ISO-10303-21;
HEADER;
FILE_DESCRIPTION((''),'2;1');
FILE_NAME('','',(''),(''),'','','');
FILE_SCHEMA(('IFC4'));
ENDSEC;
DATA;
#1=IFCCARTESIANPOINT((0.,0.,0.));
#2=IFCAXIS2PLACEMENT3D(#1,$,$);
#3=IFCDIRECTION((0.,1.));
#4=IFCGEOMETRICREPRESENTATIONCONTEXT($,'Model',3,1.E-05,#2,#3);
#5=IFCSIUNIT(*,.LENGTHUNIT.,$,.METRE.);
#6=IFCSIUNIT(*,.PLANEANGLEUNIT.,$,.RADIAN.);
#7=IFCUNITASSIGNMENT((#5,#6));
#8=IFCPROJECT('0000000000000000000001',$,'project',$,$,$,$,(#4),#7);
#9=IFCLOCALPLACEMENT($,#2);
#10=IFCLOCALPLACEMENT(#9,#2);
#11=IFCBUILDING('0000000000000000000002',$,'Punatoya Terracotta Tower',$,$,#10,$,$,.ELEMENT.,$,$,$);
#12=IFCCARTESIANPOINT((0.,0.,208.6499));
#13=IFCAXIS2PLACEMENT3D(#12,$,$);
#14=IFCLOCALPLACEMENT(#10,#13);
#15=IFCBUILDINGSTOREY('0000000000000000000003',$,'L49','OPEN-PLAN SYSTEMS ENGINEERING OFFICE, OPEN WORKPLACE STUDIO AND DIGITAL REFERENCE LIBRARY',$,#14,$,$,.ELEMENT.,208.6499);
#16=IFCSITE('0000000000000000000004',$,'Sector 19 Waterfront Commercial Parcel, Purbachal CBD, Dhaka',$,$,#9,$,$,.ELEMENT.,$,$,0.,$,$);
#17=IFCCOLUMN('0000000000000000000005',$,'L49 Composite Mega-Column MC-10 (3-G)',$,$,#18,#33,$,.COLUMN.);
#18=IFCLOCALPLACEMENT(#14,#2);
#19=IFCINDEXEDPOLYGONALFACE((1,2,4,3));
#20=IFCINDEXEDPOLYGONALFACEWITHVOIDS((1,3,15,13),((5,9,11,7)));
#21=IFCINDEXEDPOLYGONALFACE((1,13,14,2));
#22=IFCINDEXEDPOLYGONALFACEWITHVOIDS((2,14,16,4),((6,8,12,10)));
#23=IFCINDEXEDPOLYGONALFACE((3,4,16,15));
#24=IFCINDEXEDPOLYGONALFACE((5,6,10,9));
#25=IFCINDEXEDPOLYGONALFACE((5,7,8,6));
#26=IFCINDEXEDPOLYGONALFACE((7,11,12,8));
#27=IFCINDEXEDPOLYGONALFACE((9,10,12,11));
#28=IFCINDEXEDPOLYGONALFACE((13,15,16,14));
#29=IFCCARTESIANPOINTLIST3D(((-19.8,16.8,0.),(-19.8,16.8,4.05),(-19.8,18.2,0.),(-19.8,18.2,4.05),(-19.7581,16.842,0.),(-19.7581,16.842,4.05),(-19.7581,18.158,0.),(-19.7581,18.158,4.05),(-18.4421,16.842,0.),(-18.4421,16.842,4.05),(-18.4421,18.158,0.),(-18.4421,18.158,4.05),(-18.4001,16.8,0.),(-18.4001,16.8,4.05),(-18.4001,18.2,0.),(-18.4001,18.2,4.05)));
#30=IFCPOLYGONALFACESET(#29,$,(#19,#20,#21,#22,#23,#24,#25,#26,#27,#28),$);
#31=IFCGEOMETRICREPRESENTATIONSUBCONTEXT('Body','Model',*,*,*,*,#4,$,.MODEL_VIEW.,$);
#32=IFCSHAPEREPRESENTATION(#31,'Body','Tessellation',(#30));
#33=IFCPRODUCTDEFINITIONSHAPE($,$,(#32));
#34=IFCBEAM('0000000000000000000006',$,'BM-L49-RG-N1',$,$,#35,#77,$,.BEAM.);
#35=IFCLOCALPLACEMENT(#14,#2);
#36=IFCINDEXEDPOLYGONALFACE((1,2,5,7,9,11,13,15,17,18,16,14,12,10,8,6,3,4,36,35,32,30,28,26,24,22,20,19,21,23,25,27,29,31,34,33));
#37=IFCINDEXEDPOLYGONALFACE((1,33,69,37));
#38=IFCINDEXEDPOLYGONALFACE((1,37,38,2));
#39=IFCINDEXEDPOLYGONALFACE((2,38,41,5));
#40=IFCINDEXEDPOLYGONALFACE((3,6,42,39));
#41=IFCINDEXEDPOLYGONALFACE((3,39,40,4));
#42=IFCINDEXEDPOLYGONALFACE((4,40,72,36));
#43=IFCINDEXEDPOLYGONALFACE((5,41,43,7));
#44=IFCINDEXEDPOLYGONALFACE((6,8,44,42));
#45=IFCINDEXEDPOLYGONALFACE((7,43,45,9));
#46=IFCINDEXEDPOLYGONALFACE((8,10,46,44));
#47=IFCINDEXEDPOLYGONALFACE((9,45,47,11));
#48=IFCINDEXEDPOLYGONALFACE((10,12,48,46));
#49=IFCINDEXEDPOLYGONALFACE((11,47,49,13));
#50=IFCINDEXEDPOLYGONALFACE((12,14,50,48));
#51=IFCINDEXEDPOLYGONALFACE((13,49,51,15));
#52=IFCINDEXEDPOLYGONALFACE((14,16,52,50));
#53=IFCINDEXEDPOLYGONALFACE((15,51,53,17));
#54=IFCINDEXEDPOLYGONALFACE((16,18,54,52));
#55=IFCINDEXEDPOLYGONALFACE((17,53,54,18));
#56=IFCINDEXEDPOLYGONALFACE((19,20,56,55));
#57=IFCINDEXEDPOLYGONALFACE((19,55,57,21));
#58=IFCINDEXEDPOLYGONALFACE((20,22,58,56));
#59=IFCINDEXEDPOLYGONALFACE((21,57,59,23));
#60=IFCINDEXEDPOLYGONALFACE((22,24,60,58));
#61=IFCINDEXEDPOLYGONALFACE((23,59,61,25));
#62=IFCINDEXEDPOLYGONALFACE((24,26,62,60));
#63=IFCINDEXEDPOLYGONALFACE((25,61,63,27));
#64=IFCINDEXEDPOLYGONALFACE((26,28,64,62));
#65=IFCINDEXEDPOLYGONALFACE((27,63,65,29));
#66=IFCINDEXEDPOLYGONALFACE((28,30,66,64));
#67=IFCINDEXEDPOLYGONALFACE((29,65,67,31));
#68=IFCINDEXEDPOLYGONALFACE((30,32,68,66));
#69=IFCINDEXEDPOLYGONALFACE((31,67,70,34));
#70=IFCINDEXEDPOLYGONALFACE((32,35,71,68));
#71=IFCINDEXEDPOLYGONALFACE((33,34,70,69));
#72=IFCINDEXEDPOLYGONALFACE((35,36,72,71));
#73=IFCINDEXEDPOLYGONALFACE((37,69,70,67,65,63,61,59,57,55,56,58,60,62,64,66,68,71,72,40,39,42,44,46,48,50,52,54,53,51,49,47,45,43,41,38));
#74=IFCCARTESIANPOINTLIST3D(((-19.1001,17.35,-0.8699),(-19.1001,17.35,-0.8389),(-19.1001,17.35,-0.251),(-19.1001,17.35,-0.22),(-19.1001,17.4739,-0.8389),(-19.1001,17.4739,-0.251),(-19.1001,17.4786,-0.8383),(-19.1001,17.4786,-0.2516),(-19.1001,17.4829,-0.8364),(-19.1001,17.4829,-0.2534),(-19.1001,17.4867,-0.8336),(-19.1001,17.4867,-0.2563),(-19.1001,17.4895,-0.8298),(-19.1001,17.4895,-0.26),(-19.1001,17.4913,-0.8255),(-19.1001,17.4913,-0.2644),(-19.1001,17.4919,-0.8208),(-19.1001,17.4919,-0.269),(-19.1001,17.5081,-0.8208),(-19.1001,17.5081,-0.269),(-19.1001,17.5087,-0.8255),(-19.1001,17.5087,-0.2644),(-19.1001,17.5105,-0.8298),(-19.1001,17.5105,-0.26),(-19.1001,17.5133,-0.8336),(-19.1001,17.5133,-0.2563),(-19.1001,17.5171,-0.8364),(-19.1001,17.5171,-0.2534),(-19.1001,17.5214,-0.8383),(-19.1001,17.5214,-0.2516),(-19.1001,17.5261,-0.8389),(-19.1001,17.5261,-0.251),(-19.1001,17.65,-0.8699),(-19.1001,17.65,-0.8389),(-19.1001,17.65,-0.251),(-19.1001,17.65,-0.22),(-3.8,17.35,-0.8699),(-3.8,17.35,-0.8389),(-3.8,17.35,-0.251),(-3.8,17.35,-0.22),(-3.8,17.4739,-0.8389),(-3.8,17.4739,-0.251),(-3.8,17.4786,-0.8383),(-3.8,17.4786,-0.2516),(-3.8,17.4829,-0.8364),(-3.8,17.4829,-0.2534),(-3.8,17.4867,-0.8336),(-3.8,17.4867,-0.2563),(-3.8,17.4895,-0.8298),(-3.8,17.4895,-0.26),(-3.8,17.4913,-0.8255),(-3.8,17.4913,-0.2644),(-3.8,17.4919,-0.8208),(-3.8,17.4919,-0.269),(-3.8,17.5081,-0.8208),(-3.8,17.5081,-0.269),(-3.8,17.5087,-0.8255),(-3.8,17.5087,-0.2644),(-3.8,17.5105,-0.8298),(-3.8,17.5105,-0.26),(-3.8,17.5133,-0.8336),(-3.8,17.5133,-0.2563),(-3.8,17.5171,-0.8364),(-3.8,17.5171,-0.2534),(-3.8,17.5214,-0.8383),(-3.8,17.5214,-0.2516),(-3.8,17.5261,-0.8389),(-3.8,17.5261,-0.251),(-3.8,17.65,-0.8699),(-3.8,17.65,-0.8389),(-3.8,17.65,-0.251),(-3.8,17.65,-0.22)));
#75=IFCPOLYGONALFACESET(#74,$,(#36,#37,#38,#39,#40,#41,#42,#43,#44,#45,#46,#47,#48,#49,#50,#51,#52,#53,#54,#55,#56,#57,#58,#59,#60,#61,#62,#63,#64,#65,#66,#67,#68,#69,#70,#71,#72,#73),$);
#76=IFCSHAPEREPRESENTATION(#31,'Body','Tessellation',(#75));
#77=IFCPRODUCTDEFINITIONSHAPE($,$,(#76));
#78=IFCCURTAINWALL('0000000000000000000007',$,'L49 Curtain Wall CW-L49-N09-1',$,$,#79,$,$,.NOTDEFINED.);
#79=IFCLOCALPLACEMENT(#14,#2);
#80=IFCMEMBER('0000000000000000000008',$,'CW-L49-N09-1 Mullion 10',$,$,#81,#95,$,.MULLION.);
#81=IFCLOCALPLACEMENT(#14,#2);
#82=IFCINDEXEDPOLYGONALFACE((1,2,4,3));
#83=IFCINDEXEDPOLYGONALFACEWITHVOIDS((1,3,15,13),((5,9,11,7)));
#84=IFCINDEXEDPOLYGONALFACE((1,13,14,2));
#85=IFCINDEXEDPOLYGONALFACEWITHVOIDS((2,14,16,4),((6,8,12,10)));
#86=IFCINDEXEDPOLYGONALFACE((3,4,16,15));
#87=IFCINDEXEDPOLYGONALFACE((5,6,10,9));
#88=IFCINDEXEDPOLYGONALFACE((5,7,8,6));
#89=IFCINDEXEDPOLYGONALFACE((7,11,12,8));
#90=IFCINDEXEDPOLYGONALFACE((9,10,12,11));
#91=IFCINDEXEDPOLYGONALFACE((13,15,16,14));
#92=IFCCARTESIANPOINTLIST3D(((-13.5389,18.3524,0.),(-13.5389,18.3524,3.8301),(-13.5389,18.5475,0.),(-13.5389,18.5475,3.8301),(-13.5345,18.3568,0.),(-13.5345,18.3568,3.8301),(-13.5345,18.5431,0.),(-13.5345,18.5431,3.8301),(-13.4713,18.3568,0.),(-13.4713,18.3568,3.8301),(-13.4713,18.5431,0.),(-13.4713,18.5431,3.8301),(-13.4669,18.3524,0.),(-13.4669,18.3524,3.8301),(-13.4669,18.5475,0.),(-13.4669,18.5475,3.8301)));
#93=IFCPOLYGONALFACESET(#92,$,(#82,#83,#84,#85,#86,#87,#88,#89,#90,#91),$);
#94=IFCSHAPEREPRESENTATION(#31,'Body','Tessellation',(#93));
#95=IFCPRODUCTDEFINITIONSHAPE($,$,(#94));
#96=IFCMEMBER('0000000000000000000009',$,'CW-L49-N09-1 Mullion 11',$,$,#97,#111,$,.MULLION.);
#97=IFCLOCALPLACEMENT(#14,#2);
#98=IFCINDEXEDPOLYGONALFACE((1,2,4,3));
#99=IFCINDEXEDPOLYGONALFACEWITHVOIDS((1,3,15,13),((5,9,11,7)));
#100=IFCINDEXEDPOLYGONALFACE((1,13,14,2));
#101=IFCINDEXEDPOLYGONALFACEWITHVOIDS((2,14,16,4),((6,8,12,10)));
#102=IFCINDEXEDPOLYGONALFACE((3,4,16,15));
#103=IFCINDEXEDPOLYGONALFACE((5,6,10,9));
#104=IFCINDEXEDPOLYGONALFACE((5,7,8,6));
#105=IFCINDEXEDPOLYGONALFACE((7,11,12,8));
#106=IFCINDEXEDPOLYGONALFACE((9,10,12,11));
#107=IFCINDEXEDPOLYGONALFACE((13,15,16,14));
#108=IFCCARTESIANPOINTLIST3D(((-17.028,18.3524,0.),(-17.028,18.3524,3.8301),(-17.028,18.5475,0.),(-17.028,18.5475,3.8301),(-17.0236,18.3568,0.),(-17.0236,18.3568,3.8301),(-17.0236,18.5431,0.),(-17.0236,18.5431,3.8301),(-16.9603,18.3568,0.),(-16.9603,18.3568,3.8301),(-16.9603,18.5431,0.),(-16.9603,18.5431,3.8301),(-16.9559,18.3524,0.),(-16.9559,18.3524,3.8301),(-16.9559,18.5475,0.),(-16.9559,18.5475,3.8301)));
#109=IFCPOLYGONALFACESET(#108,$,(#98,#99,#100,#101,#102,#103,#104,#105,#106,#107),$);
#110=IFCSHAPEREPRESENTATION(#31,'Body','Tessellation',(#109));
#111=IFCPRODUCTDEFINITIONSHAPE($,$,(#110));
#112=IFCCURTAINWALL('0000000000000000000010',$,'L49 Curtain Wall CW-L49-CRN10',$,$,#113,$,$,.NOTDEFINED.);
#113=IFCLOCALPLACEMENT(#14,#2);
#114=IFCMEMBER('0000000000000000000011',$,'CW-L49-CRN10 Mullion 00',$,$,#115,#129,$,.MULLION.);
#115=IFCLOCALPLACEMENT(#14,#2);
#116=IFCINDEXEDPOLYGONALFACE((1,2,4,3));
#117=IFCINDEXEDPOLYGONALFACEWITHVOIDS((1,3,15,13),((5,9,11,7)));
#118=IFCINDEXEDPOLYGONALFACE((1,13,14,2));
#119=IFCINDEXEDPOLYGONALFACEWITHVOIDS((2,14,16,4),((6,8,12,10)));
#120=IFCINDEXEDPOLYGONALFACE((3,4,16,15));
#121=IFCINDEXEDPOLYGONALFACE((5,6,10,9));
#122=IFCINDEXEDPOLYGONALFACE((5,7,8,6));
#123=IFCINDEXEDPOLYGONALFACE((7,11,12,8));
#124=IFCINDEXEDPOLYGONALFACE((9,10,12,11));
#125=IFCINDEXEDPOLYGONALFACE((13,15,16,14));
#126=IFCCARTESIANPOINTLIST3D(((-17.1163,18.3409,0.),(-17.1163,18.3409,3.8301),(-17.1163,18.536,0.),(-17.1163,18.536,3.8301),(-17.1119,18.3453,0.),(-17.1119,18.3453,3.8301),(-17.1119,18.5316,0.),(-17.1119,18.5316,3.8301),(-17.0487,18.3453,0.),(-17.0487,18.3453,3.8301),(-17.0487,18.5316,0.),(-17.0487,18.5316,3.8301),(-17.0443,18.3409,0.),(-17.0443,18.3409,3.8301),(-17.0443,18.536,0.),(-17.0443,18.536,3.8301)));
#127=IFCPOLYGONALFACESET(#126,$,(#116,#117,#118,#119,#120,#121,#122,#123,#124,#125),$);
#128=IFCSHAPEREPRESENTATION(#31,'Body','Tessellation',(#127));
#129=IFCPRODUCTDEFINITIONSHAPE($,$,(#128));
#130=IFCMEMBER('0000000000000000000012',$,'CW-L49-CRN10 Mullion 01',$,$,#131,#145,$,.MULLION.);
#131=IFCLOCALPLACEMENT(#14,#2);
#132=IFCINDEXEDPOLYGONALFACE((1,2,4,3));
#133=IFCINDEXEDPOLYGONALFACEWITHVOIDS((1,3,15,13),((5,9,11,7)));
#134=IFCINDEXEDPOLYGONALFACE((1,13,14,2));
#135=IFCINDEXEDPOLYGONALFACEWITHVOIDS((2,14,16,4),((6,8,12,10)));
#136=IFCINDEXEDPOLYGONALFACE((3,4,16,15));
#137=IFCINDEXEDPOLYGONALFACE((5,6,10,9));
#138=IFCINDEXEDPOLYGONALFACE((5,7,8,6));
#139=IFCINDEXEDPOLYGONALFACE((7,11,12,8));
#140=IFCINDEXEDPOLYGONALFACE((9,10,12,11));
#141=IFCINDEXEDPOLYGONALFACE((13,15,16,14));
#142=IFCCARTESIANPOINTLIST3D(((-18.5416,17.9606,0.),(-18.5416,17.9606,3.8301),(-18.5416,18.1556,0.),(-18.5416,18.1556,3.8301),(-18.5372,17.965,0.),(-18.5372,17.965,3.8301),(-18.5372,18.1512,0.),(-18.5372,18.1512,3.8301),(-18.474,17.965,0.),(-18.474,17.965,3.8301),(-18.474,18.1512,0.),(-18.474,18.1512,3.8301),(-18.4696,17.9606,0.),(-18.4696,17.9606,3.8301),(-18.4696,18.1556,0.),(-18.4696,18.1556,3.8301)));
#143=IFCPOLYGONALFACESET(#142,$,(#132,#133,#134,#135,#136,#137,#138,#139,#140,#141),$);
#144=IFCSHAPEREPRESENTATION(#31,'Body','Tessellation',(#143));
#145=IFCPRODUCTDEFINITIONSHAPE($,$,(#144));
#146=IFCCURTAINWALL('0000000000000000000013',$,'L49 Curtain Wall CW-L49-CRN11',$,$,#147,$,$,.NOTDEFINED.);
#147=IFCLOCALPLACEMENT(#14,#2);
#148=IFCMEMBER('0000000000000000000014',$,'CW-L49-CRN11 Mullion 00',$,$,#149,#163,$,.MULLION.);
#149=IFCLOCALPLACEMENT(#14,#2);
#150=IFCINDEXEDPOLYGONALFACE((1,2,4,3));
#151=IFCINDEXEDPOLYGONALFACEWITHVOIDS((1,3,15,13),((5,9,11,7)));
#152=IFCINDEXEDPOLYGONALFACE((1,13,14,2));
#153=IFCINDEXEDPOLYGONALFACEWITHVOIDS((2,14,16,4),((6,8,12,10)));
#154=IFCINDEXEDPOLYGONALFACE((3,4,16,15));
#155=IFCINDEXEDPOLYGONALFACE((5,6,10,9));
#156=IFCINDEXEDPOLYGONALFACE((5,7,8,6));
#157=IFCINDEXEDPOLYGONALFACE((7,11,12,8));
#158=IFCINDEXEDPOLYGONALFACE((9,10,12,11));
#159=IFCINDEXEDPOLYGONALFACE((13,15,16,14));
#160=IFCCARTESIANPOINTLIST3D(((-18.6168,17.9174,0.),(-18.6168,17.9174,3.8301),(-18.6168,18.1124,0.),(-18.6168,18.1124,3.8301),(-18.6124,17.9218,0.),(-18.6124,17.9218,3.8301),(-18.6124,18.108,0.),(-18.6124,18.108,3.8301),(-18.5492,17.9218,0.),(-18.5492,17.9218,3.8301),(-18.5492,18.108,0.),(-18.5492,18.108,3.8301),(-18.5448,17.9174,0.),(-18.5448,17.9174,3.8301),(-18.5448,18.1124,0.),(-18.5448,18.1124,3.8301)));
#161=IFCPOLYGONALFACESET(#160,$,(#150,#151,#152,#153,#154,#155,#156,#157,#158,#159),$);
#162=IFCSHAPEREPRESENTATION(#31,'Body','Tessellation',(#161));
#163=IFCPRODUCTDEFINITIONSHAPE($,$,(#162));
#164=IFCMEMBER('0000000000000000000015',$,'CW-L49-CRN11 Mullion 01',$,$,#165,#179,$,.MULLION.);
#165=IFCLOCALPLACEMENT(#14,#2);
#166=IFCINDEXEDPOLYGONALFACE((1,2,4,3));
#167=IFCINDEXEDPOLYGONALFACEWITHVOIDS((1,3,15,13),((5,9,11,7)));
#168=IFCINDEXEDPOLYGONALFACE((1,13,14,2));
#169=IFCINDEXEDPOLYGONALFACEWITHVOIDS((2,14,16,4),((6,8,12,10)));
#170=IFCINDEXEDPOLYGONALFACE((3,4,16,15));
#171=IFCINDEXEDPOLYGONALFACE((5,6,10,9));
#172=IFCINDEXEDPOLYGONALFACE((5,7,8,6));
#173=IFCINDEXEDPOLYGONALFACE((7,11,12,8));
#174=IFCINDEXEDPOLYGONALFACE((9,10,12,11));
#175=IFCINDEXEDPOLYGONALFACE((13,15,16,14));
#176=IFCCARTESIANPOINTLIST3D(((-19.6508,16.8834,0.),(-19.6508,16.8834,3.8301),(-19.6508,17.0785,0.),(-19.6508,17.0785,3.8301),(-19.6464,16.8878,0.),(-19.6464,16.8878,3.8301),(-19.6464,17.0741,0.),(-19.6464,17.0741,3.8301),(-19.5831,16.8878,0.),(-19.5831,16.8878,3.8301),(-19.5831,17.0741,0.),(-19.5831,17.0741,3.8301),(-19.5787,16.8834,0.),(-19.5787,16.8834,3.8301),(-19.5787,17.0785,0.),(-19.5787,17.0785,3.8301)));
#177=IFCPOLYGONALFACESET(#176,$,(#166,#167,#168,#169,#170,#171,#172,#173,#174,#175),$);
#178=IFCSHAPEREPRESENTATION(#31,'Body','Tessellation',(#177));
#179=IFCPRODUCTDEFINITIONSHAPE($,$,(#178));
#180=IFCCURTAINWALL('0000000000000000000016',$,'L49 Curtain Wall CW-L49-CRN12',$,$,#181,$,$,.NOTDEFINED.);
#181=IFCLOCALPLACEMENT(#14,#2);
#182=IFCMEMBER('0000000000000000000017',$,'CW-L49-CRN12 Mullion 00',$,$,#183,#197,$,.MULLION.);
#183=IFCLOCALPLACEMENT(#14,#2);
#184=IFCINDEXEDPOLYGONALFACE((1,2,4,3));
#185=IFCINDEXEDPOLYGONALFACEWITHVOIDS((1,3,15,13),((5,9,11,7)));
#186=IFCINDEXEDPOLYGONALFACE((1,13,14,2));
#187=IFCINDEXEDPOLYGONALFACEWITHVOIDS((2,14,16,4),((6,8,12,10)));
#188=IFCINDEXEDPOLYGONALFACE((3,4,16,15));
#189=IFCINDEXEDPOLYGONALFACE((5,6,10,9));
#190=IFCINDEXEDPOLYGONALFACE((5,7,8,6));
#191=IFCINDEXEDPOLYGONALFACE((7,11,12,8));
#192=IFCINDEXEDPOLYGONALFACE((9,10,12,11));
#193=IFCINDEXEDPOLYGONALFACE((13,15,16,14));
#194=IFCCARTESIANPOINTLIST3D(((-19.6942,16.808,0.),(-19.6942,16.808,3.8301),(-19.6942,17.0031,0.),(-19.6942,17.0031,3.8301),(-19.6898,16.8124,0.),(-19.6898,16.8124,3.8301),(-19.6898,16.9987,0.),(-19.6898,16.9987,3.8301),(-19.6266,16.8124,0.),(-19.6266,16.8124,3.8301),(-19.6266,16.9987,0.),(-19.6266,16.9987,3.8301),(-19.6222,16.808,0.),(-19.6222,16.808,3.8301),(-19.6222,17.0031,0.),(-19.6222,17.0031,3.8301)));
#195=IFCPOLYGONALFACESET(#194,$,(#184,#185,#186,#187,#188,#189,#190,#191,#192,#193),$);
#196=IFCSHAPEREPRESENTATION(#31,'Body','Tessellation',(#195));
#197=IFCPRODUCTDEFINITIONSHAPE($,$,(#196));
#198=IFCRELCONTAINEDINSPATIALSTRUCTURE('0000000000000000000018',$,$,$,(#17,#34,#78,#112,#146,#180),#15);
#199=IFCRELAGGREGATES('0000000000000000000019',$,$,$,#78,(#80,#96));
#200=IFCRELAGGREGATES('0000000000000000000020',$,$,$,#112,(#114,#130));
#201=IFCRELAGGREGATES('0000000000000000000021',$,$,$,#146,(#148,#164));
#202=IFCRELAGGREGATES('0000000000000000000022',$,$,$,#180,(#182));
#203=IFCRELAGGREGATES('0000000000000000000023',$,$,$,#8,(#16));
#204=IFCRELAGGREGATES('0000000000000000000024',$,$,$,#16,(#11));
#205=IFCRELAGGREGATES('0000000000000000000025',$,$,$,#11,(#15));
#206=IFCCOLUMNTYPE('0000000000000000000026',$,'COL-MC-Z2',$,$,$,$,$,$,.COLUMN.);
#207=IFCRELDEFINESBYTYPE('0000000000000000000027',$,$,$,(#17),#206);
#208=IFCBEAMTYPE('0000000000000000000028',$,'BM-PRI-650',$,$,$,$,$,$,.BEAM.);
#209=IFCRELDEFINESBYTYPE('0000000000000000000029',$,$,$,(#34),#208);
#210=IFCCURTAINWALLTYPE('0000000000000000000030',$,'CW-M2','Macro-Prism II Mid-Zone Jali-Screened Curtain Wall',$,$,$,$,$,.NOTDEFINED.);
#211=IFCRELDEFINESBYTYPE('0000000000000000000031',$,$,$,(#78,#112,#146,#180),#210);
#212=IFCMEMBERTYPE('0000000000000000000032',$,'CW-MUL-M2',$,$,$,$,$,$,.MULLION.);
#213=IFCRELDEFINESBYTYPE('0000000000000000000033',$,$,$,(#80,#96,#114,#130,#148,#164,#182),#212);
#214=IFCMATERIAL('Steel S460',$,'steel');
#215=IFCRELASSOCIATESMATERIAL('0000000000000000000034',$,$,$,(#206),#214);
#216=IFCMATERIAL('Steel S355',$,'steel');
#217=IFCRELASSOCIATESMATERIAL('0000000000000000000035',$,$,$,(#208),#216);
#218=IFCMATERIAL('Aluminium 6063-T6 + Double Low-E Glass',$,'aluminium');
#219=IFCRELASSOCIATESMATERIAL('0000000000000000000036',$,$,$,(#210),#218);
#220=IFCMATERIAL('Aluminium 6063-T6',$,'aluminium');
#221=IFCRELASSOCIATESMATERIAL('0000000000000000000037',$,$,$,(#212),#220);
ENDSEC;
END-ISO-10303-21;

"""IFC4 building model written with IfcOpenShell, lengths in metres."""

from ifc_helpers import new_model, si_unit, direction, frame, origin, origin_2d, place, context, subcontext, project, spatial, hollow_rectangle, i_section, extrude, material, material_profile, profile_set, type_object, element, aggregate, save


model = new_model("IFC4")

# Units and contexts
model_context = context("Model", 3, precision=1e-05, world=origin(), true_north=direction((0.0, 1.0)))
body_context = subcontext(model_context, "Body", "Model", "MODEL_VIEW")
ifc_project = project(units=[si_unit("LENGTHUNIT", "METRE"), si_unit("PLANEANGLEUNIT", "RADIAN")], contexts=[model_context])

# Site, building, storey
site_placement = place(None, origin())
site = spatial("IfcSite", under=ifc_project, at=site_placement, Name="Sector 19 Waterfront Commercial Parcel, Purbachal CBD, Dhaka", CompositionType="ELEMENT", RefElevation=0.0)
building_placement = place(site_placement, origin())
building = spatial("IfcBuilding", under=site, at=building_placement, Name="Punatoya Terracotta Tower", CompositionType="ELEMENT")
storey_placement = place(building_placement, frame((0.0, 0.0, 208.6499)))
storey = spatial("IfcBuildingStorey", under=building, at=storey_placement, Name="L49", Description="OPEN-PLAN SYSTEMS ENGINEERING OFFICE, OPEN WORKPLACE STUDIO AND DIGITAL REFERENCE LIBRARY", CompositionType="ELEMENT", Elevation=208.6499)

# Column
ifc_material_1 = material(Name="Steel S460", Category="steel")
ifc_material_profile_1 = material_profile(ifc_material_1, hollow_rectangle(XDim=1.3999, YDim=1.3999, WallThickness=0.042, at=origin_2d()))
ifc_profile_set_1 = profile_set([ifc_material_profile_1], Name="Steel S460")
column_type = type_object("IfcColumnType", Name="COL-MC-Z2", PredefinedType="COLUMN", material=ifc_profile_set_1)
column_placement = place(storey_placement, frame((-19.1001, 17.5, 0.0), z_axis=(0.0, 0.0, 1.0), x_axis=(1.0, 0.0, 0.0)))
element("IfcColumn", 1, at=column_placement, inside=storey, type_object=column_type, Name="L49 Composite Mega-Column MC-10 (3-G)", PredefinedType="COLUMN", context=body_context, shape_type="SweptSolid", body=[
    extrude(hollow_rectangle(XDim=1.3999, YDim=1.3999, WallThickness=0.042, at=origin_2d()), origin(), (0.0, 0.0, 1.0), 4.05),
])

# Beam
ifc_material_2 = material(Name="Steel S355", Category="steel")
ifc_material_profile_2 = material_profile(ifc_material_2, i_section(OverallWidth=0.3, OverallDepth=0.6499, WebThickness=0.0161, FlangeThickness=0.031, FilletRadius=0.0181, at=origin_2d()))
ifc_profile_set_2 = profile_set([ifc_material_profile_2], Name="Steel S355")
beam_type = type_object("IfcBeamType", Name="BM-PRI-650", PredefinedType="BEAM", material=ifc_profile_set_2)
beam_placement = place(storey_placement, frame((-19.1001, 17.5, -0.5449), z_axis=(1.0, 0.0, 0.0), x_axis=(0.0, 1.0, 0.0)))
element("IfcBeam", 2, at=beam_placement, inside=storey, type_object=beam_type, Name="BM-L49-RG-N1", PredefinedType="BEAM", context=body_context, shape_type="SweptSolid", body=[
    extrude(i_section(OverallWidth=0.3, OverallDepth=0.6499, WebThickness=0.0161, FlangeThickness=0.031, FilletRadius=0.0181, at=origin_2d()), origin(), (0.0, 0.0, 1.0), 15.3),
])

# Curtain walls, members
ifc_material_3 = material(Name="Aluminium 6063-T6 + Double Low-E Glass", Category="aluminium")
curtain_wall_type = type_object("IfcCurtainWallType", Name="CW-M2", Description="Macro-Prism II Mid-Zone Jali-Screened Curtain Wall", PredefinedType="NOTDEFINED", material=ifc_material_3)
curtain_wall_1_placement = place(storey_placement, origin())
curtain_wall_1 = element("IfcCurtainWall", 3, at=curtain_wall_1_placement, inside=storey, type_object=curtain_wall_type, Name="L49 Curtain Wall CW-L49-N09-1", PredefinedType="NOTDEFINED")
ifc_material_4 = material(Name="Aluminium 6063-T6", Category="aluminium")
ifc_material_profile_3 = material_profile(ifc_material_4, hollow_rectangle(XDim=0.072, YDim=0.1951, WallThickness=0.0044, at=origin_2d()))
ifc_profile_set_3 = profile_set([ifc_material_profile_3], Name="Aluminium 6063-T6")
member_type_1 = type_object("IfcMemberType", Name="CW-MUL-M2", PredefinedType="MULLION", material=ifc_profile_set_3)
member_1_placement = place(storey_placement, frame((-13.5029, 18.45, 0.0), z_axis=(0.0, 0.0, 1.0), x_axis=(1.0, 0.0, 0.0)))
member_1 = element("IfcMember", 4, at=member_1_placement, type_object=member_type_1, Name="CW-L49-N09-1 Mullion 10", PredefinedType="MULLION", context=body_context, shape_type="SweptSolid", body=[
    extrude(hollow_rectangle(XDim=0.072, YDim=0.1951, WallThickness=0.0044, at=origin_2d()), origin(), (0.0, 0.0, 1.0), 3.8301),
])
member_2_placement = place(storey_placement, frame((-16.9919, 18.45, 0.0), z_axis=(0.0, 0.0, 1.0), x_axis=(1.0, 0.0, 0.0)))
member_2 = element("IfcMember", 5, at=member_2_placement, type_object=member_type_1, Name="CW-L49-N09-1 Mullion 11", PredefinedType="MULLION", context=body_context, shape_type="SweptSolid", body=[
    extrude(hollow_rectangle(XDim=0.072, YDim=0.1951, WallThickness=0.0044, at=origin_2d()), origin(), (0.0, 0.0, 1.0), 3.8301),
])
curtain_wall_2_placement = place(storey_placement, origin())
curtain_wall_2 = element("IfcCurtainWall", 6, at=curtain_wall_2_placement, inside=storey, type_object=curtain_wall_type, Name="L49 Curtain Wall CW-L49-CRN10", PredefinedType="NOTDEFINED")
member_3_placement = place(storey_placement, frame((-17.0803, 18.4385, 0.0), z_axis=(0.0, 0.0, 1.0), x_axis=(1.0, 0.0, 0.0)))
member_3 = element("IfcMember", 7, at=member_3_placement, type_object=member_type_1, Name="CW-L49-CRN10 Mullion 00", PredefinedType="MULLION", context=body_context, shape_type="SweptSolid", body=[
    extrude(hollow_rectangle(XDim=0.072, YDim=0.1951, WallThickness=0.0044, at=origin_2d()), origin(), (0.0, 0.0, 1.0), 3.8301),
])
member_4_placement = place(storey_placement, frame((-18.5056, 18.0581, 0.0), z_axis=(0.0, 0.0, 1.0), x_axis=(1.0, 0.0, 0.0)))
member_4 = element("IfcMember", 8, at=member_4_placement, type_object=member_type_1, Name="CW-L49-CRN10 Mullion 01", PredefinedType="MULLION", context=body_context, shape_type="SweptSolid", body=[
    extrude(hollow_rectangle(XDim=0.072, YDim=0.1951, WallThickness=0.0044, at=origin_2d()), origin(), (0.0, 0.0, 1.0), 3.8301),
])
curtain_wall_3_placement = place(storey_placement, origin())
curtain_wall_3 = element("IfcCurtainWall", 9, at=curtain_wall_3_placement, inside=storey, type_object=curtain_wall_type, Name="L49 Curtain Wall CW-L49-CRN11", PredefinedType="NOTDEFINED")
member_5_placement = place(storey_placement, frame((-18.5808, 18.0149, 0.0), z_axis=(0.0, 0.0, 1.0), x_axis=(1.0, 0.0, 0.0)))
member_5 = element("IfcMember", 10, at=member_5_placement, type_object=member_type_1, Name="CW-L49-CRN11 Mullion 00", PredefinedType="MULLION", context=body_context, shape_type="SweptSolid", body=[
    extrude(hollow_rectangle(XDim=0.072, YDim=0.1951, WallThickness=0.0044, at=origin_2d()), origin(), (0.0, 0.0, 1.0), 3.8301),
])
member_6_placement = place(storey_placement, frame((-19.6147, 16.981, 0.0), z_axis=(0.0, 0.0, 1.0), x_axis=(1.0, 0.0, 0.0)))
member_6 = element("IfcMember", 11, at=member_6_placement, type_object=member_type_1, Name="CW-L49-CRN11 Mullion 01", PredefinedType="MULLION", context=body_context, shape_type="SweptSolid", body=[
    extrude(hollow_rectangle(XDim=0.072, YDim=0.1951, WallThickness=0.0044, at=origin_2d()), origin(), (0.0, 0.0, 1.0), 3.8301),
])

# Curtain wall, member
curtain_wall_4_placement = place(storey_placement, origin())
curtain_wall_4 = element("IfcCurtainWall", 12, at=curtain_wall_4_placement, inside=storey, type_object=curtain_wall_type, Name="L49 Curtain Wall CW-L49-CRN12", PredefinedType="NOTDEFINED")
member_7_placement = place(storey_placement, frame((-19.6582, 16.9055, 0.0), z_axis=(0.0, 0.0, 1.0), x_axis=(1.0, 0.0, 0.0)))
member_7 = element("IfcMember", 13, at=member_7_placement, type_object=member_type_1, Name="CW-L49-CRN12 Mullion 00", PredefinedType="MULLION", context=body_context, shape_type="SweptSolid", body=[
    extrude(hollow_rectangle(XDim=0.072, YDim=0.1951, WallThickness=0.0044, at=origin_2d()), origin(), (0.0, 0.0, 1.0), 3.8301),
])

aggregate(curtain_wall_1, [member_1, member_2])
aggregate(curtain_wall_2, [member_3, member_4])
aggregate(curtain_wall_3, [member_5, member_6])
aggregate(curtain_wall_4, [member_7])

save(model, "model.ifc")
